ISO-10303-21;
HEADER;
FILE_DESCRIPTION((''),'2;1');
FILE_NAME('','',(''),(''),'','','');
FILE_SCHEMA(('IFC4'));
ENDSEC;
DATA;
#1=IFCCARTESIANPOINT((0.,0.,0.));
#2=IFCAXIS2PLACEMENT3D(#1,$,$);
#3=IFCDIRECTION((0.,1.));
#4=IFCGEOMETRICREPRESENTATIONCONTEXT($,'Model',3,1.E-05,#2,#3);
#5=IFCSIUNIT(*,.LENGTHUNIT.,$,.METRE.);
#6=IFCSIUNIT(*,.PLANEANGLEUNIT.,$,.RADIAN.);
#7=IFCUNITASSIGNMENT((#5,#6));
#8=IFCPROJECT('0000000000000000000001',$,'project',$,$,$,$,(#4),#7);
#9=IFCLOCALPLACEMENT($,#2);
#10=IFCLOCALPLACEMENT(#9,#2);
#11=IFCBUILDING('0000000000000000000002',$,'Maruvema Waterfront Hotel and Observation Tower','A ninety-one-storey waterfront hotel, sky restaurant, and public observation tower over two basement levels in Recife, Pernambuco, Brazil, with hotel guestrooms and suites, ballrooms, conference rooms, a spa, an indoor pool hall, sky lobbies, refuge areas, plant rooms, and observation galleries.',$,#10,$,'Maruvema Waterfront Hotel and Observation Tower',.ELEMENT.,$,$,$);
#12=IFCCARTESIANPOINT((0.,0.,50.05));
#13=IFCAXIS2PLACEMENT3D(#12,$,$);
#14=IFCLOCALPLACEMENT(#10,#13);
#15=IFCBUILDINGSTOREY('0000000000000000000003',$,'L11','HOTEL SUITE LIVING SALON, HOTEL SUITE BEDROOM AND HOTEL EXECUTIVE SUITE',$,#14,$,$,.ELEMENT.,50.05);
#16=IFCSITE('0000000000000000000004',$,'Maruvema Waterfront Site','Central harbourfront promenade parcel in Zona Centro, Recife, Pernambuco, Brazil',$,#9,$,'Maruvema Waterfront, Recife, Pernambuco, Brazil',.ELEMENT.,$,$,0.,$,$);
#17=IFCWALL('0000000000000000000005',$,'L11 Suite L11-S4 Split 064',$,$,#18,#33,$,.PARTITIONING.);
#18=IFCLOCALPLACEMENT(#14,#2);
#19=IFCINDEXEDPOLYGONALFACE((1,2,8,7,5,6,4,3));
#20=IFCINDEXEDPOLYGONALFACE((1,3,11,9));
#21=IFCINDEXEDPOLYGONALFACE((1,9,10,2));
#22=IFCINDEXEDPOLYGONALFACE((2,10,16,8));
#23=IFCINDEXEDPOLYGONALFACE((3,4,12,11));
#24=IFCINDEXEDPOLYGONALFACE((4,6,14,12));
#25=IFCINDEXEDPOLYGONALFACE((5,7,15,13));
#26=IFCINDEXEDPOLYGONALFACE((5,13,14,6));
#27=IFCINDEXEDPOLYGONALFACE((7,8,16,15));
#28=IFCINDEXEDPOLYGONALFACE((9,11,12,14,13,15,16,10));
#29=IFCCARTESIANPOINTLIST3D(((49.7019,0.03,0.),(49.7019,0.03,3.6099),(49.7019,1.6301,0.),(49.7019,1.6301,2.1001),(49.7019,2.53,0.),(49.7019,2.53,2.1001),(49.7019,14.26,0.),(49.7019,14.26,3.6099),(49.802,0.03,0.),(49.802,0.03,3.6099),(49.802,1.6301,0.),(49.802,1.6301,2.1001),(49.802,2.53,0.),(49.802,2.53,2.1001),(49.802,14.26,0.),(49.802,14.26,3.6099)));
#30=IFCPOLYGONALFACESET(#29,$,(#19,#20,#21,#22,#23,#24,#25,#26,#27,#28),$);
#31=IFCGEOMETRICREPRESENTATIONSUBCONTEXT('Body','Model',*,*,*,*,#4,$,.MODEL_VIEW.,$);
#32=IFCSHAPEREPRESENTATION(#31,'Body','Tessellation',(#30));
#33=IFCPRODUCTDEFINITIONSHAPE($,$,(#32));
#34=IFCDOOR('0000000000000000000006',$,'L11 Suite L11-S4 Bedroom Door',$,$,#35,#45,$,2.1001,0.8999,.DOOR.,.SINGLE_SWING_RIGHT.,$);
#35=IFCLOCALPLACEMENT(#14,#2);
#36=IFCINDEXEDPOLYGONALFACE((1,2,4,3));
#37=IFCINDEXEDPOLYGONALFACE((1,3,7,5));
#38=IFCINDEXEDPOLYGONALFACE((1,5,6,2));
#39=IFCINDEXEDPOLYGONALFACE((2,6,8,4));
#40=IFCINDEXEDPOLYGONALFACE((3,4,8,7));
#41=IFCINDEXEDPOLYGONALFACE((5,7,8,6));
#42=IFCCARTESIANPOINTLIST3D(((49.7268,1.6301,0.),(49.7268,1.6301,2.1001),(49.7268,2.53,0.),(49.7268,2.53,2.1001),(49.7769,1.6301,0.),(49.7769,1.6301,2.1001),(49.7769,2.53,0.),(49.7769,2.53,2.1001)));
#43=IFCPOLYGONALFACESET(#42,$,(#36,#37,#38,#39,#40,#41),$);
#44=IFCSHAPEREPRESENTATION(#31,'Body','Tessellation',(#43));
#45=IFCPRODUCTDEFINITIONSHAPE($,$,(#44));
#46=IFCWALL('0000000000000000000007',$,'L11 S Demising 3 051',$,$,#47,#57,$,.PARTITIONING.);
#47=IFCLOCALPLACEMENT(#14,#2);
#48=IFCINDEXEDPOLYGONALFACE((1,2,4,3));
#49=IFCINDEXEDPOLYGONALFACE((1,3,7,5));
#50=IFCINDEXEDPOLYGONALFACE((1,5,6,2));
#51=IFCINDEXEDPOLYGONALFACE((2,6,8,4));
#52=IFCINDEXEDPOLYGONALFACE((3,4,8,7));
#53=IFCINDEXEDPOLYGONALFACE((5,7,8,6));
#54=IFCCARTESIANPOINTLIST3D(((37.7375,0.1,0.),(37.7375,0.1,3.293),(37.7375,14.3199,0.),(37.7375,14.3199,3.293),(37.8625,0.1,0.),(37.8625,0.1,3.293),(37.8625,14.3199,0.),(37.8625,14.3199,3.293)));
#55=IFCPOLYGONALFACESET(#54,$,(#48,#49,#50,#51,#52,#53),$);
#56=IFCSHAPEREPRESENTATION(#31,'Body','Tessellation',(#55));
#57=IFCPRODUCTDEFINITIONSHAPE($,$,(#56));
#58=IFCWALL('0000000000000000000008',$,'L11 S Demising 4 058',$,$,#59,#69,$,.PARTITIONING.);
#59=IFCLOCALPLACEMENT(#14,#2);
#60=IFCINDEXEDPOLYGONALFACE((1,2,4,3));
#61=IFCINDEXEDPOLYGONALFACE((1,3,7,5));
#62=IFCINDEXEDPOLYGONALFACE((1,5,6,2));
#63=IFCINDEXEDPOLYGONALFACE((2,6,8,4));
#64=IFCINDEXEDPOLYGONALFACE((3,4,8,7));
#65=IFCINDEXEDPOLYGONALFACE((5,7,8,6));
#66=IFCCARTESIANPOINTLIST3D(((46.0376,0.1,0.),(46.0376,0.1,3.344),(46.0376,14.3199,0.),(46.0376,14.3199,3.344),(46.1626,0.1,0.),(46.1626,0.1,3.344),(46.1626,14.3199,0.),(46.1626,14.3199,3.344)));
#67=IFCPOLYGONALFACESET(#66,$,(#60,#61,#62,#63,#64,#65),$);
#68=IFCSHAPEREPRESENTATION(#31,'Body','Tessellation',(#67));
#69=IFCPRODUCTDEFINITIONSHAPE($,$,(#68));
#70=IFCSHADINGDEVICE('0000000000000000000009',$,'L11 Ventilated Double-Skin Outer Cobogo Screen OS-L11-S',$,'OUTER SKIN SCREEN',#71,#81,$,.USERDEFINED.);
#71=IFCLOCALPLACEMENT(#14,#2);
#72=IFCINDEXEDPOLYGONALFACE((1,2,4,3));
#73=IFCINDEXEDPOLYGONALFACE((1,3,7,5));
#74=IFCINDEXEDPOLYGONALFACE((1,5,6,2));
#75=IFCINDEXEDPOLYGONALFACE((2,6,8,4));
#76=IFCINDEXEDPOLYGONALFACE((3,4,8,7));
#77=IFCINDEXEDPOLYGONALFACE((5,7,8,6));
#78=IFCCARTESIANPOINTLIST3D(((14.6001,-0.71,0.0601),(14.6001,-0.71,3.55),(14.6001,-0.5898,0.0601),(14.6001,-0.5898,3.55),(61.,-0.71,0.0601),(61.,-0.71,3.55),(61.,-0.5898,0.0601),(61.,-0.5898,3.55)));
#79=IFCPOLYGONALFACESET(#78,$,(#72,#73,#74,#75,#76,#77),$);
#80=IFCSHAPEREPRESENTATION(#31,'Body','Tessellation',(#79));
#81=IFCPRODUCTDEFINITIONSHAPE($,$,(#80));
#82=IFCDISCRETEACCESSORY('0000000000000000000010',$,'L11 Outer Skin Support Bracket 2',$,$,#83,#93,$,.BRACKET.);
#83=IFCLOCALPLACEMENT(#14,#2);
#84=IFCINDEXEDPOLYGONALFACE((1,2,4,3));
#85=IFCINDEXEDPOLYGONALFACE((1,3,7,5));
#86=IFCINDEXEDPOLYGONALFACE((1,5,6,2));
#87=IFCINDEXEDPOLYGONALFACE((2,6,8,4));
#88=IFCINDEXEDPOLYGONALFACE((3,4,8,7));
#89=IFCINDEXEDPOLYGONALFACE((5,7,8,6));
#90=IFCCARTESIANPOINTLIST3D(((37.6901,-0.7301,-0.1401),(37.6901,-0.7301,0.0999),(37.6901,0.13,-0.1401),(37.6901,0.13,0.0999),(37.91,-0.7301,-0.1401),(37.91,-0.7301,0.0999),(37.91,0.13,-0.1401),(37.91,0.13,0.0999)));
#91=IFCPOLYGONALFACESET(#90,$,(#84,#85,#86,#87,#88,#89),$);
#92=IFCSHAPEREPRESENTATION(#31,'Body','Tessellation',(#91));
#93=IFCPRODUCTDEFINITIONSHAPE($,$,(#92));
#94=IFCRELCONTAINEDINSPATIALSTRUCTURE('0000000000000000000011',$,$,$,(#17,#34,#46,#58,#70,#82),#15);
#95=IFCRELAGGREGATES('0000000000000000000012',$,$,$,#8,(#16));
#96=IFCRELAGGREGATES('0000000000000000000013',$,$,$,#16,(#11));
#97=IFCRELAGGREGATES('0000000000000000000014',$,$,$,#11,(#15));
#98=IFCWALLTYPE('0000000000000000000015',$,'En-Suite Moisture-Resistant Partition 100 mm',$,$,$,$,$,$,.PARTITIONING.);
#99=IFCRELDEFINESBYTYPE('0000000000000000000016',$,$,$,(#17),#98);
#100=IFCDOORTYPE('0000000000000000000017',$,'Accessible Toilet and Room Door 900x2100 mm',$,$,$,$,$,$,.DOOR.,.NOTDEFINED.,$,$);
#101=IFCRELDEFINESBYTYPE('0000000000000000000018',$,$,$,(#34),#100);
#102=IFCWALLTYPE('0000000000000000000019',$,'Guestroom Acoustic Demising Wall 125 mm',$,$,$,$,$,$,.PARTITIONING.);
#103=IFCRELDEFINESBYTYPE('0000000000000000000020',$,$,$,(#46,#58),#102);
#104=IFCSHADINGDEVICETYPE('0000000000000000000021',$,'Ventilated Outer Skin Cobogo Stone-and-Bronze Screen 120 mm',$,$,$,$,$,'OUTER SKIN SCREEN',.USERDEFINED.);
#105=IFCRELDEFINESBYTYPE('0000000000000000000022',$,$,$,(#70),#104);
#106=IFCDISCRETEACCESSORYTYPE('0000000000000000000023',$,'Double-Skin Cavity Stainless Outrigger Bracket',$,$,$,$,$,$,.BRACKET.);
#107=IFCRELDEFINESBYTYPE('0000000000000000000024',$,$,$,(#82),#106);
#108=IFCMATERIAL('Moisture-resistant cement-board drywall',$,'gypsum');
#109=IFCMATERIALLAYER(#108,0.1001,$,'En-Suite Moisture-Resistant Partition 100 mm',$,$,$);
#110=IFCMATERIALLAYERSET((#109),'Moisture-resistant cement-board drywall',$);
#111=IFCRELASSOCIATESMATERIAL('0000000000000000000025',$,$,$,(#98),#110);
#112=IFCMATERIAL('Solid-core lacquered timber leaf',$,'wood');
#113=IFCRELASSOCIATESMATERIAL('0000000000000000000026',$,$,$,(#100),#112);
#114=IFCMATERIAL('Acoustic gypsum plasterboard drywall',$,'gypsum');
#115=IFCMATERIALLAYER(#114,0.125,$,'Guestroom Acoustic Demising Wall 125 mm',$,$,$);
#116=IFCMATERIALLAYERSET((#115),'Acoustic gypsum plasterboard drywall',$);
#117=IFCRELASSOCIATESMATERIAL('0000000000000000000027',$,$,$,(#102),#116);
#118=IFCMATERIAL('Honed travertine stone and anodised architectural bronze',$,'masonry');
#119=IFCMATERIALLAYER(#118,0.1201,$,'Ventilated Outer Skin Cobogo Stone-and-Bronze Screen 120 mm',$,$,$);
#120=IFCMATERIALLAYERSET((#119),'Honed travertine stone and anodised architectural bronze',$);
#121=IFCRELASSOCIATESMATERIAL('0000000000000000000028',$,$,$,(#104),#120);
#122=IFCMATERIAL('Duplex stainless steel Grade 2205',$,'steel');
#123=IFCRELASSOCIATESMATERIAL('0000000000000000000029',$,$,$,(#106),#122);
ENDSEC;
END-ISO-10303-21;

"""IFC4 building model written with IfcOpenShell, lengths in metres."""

from ifc_helpers import new_model, si_unit, direction, frame, frame_2d, origin, origin_2d, place, context, subcontext, project, spatial, rectangle, extrude, material, layer, layer_set, type_object, element, fill, save


model = new_model("IFC4")

# Units and contexts
model_context = context("Model", 3, precision=1e-05, world=origin(), true_north=direction((0.0, 1.0)))
body_context = subcontext(model_context, "Body", "Model", "MODEL_VIEW")
ifc_project = project(units=[si_unit("LENGTHUNIT", "METRE"), si_unit("PLANEANGLEUNIT", "RADIAN")], contexts=[model_context])

# Site, building, storey
site_placement = place(None, origin())
site = spatial("IfcSite", under=ifc_project, at=site_placement, Name="Maruvema Waterfront Site", Description="Central harbourfront promenade parcel in Zona Centro, Recife, Pernambuco, Brazil", LongName="Maruvema Waterfront, Recife, Pernambuco, Brazil", CompositionType="ELEMENT", RefElevation=0.0)
building_placement = place(site_placement, origin())
building = spatial("IfcBuilding", under=site, at=building_placement, Name="Maruvema Waterfront Hotel and Observation Tower", Description="A ninety-one-storey waterfront hotel, sky restaurant, and public observation tower over two basement levels in Recife, Pernambuco, Brazil, with hotel guestrooms and suites, ballrooms, conference rooms, a spa, an indoor pool hall, sky lobbies, refuge areas, plant rooms, and observation galleries.", LongName="Maruvema Waterfront Hotel and Observation Tower", CompositionType="ELEMENT")
storey_placement = place(building_placement, frame((0.0, 0.0, 50.05)))
storey = spatial("IfcBuildingStorey", under=building, at=storey_placement, Name="L11", Description="HOTEL SUITE LIVING SALON, HOTEL SUITE BEDROOM AND HOTEL EXECUTIVE SUITE", CompositionType="ELEMENT", Elevation=50.05)

# Shared definitions
ifc_material_1 = material(Name="Moisture-resistant cement-board drywall", Category="gypsum")
ifc_layer_1 = layer(ifc_material_1, 0.1001, Name="En-Suite Moisture-Resistant Partition 100 mm")
ifc_layer_set_1 = layer_set([ifc_layer_1], Name="Moisture-resistant cement-board drywall")
wall_type_1 = type_object("IfcWallType", Name="En-Suite Moisture-Resistant Partition 100 mm", PredefinedType="PARTITIONING", material=ifc_layer_set_1)

# Wall, opening, door
ifc_material_2 = material(Name="Solid-core lacquered timber leaf", Category="wood")
door_type = type_object("IfcDoorType", Name="Accessible Toilet and Room Door 900x2100 mm", OperationType="NOTDEFINED", PredefinedType="DOOR", material=ifc_material_2)
wall_1_placement = place(storey_placement, frame((49.752, 0.03, 0.0), z_axis=(0.0, 0.0, 1.0), x_axis=(0.0, 1.0, 0.0)))
wall_1 = element("IfcWall", 1, at=wall_1_placement, inside=storey, type_object=wall_type_1, Name="L11 Suite L11-S4 Split 064", PredefinedType="PARTITIONING", context=body_context, shape_type="SweptSolid", body=[
    extrude(rectangle(XDim=14.23, YDim=0.1001, at=frame_2d((7.115, 0.0))), origin(), (0.0, 0.0, 1.0), 3.6099),
])
opening_1_placement = place(wall_1_placement, frame((1.6001, 0.0, 0.0)))
opening_1 = element("IfcOpeningElement", 2, at=opening_1_placement, cuts=wall_1, PredefinedType="OPENING", context=body_context, shape_type="SweptSolid", body=[
    extrude(rectangle(XDim=0.8999, YDim=2.1001, at=frame_2d((0.45, 1.05))), frame((0.0, 0.0601, 0.0), z_axis=(0.0, -1.0, 0.0), x_axis=(1.0, 0.0, 0.0)), (0.0, 0.0, 1.0), 0.1201),
])
door_1_placement = place(opening_1_placement, frame((0.8999, 0.0, 0.0), z_axis=(0.0, 0.0, 1.0), x_axis=(-1.0, 0.0, 0.0)))
door_1 = element("IfcDoor", 3, at=door_1_placement, inside=storey, type_object=door_type, Name="L11 Suite L11-S4 Bedroom Door", OperationType="SINGLE_SWING_RIGHT", OverallHeight=2.1001, OverallWidth=0.8999, PredefinedType="DOOR", context=body_context, shape_type="SweptSolid", body=[
    extrude(rectangle(XDim=0.8999, YDim=2.1001, at=frame_2d((0.45, 1.05))), frame((0.0, 0.0249, 0.0), z_axis=(0.0, -1.0, 0.0), x_axis=(1.0, 0.0, 0.0)), (0.0, 0.0, 1.0), 0.05),
])
fill(opening_1, door_1)

# Walls
ifc_material_3 = material(Name="Acoustic gypsum plasterboard drywall", Category="gypsum")
ifc_layer_2 = layer(ifc_material_3, 0.125, Name="Guestroom Acoustic Demising Wall 125 mm")
ifc_layer_set_2 = layer_set([ifc_layer_2], Name="Acoustic gypsum plasterboard drywall")
wall_type_2 = type_object("IfcWallType", Name="Guestroom Acoustic Demising Wall 125 mm", PredefinedType="PARTITIONING", material=ifc_layer_set_2)
wall_2_placement = place(storey_placement, frame((37.8, 0.1001, 0.0), z_axis=(0.0, 0.0, 1.0), x_axis=(0.0, 1.0, 0.0)))
element("IfcWall", 4, at=wall_2_placement, inside=storey, type_object=wall_type_2, Name="L11 S Demising 3 051", PredefinedType="PARTITIONING", context=body_context, shape_type="SweptSolid", body=[
    extrude(rectangle(XDim=14.22, YDim=0.125, at=frame_2d((7.1099, 0.0))), origin(), (0.0, 0.0, 1.0), 3.293),
])
wall_3_placement = place(storey_placement, frame((46.1001, 0.1001, 0.0), z_axis=(0.0, 0.0, 1.0), x_axis=(0.0, 1.0, 0.0)))
element("IfcWall", 5, at=wall_3_placement, inside=storey, type_object=wall_type_2, Name="L11 S Demising 4 058", PredefinedType="PARTITIONING", context=body_context, shape_type="SweptSolid", body=[
    extrude(rectangle(XDim=14.22, YDim=0.125, at=frame_2d((7.1099, 0.0))), origin(), (0.0, 0.0, 1.0), 3.344),
])

# Shading device
ifc_material_4 = material(Name="Honed travertine stone and anodised architectural bronze", Category="masonry")
ifc_layer_3 = layer(ifc_material_4, 0.1201, Name="Ventilated Outer Skin Cobogo Stone-and-Bronze Screen 120 mm")
ifc_layer_set_3 = layer_set([ifc_layer_3], Name="Honed travertine stone and anodised architectural bronze")
shading_device_type = type_object("IfcShadingDeviceType", Name="Ventilated Outer Skin Cobogo Stone-and-Bronze Screen 120 mm", ElementType="OUTER SKIN SCREEN", PredefinedType="USERDEFINED", material=ifc_layer_set_3)
shading_device_placement = place(storey_placement, frame((37.8, -0.6499, 0.0601), z_axis=(0.0, 0.0, 1.0), x_axis=(1.0, 0.0, 0.0)))
element("IfcShadingDevice", 6, at=shading_device_placement, inside=storey, type_object=shading_device_type, Name="L11 Ventilated Double-Skin Outer Cobogo Screen OS-L11-S", ObjectType="OUTER SKIN SCREEN", PredefinedType="USERDEFINED", context=body_context, shape_type="SweptSolid", body=[
    extrude(rectangle(XDim=46.3999, YDim=0.1201, at=origin_2d()), origin(), (0.0, 0.0, 1.0), 3.49),
])

# Discrete accessory
ifc_material_5 = material(Name="Duplex stainless steel Grade 2205", Category="steel")
discrete_accessory_type = type_object("IfcDiscreteAccessoryType", Name="Double-Skin Cavity Stainless Outrigger Bracket", PredefinedType="BRACKET", material=ifc_material_5)
discrete_accessory_placement = place(storey_placement, frame((37.8, -0.3, -0.1401), z_axis=(0.0, 0.0, 1.0), x_axis=(1.0, 0.0, 0.0)))
element("IfcDiscreteAccessory", 7, at=discrete_accessory_placement, inside=storey, type_object=discrete_accessory_type, Name="L11 Outer Skin Support Bracket 2", PredefinedType="BRACKET", context=body_context, shape_type="SweptSolid", body=[
    extrude(rectangle(XDim=0.22, YDim=0.8601, at=origin_2d()), origin(), (0.0, 0.0, 1.0), 0.24),
])

save(model, "model.ifc")
